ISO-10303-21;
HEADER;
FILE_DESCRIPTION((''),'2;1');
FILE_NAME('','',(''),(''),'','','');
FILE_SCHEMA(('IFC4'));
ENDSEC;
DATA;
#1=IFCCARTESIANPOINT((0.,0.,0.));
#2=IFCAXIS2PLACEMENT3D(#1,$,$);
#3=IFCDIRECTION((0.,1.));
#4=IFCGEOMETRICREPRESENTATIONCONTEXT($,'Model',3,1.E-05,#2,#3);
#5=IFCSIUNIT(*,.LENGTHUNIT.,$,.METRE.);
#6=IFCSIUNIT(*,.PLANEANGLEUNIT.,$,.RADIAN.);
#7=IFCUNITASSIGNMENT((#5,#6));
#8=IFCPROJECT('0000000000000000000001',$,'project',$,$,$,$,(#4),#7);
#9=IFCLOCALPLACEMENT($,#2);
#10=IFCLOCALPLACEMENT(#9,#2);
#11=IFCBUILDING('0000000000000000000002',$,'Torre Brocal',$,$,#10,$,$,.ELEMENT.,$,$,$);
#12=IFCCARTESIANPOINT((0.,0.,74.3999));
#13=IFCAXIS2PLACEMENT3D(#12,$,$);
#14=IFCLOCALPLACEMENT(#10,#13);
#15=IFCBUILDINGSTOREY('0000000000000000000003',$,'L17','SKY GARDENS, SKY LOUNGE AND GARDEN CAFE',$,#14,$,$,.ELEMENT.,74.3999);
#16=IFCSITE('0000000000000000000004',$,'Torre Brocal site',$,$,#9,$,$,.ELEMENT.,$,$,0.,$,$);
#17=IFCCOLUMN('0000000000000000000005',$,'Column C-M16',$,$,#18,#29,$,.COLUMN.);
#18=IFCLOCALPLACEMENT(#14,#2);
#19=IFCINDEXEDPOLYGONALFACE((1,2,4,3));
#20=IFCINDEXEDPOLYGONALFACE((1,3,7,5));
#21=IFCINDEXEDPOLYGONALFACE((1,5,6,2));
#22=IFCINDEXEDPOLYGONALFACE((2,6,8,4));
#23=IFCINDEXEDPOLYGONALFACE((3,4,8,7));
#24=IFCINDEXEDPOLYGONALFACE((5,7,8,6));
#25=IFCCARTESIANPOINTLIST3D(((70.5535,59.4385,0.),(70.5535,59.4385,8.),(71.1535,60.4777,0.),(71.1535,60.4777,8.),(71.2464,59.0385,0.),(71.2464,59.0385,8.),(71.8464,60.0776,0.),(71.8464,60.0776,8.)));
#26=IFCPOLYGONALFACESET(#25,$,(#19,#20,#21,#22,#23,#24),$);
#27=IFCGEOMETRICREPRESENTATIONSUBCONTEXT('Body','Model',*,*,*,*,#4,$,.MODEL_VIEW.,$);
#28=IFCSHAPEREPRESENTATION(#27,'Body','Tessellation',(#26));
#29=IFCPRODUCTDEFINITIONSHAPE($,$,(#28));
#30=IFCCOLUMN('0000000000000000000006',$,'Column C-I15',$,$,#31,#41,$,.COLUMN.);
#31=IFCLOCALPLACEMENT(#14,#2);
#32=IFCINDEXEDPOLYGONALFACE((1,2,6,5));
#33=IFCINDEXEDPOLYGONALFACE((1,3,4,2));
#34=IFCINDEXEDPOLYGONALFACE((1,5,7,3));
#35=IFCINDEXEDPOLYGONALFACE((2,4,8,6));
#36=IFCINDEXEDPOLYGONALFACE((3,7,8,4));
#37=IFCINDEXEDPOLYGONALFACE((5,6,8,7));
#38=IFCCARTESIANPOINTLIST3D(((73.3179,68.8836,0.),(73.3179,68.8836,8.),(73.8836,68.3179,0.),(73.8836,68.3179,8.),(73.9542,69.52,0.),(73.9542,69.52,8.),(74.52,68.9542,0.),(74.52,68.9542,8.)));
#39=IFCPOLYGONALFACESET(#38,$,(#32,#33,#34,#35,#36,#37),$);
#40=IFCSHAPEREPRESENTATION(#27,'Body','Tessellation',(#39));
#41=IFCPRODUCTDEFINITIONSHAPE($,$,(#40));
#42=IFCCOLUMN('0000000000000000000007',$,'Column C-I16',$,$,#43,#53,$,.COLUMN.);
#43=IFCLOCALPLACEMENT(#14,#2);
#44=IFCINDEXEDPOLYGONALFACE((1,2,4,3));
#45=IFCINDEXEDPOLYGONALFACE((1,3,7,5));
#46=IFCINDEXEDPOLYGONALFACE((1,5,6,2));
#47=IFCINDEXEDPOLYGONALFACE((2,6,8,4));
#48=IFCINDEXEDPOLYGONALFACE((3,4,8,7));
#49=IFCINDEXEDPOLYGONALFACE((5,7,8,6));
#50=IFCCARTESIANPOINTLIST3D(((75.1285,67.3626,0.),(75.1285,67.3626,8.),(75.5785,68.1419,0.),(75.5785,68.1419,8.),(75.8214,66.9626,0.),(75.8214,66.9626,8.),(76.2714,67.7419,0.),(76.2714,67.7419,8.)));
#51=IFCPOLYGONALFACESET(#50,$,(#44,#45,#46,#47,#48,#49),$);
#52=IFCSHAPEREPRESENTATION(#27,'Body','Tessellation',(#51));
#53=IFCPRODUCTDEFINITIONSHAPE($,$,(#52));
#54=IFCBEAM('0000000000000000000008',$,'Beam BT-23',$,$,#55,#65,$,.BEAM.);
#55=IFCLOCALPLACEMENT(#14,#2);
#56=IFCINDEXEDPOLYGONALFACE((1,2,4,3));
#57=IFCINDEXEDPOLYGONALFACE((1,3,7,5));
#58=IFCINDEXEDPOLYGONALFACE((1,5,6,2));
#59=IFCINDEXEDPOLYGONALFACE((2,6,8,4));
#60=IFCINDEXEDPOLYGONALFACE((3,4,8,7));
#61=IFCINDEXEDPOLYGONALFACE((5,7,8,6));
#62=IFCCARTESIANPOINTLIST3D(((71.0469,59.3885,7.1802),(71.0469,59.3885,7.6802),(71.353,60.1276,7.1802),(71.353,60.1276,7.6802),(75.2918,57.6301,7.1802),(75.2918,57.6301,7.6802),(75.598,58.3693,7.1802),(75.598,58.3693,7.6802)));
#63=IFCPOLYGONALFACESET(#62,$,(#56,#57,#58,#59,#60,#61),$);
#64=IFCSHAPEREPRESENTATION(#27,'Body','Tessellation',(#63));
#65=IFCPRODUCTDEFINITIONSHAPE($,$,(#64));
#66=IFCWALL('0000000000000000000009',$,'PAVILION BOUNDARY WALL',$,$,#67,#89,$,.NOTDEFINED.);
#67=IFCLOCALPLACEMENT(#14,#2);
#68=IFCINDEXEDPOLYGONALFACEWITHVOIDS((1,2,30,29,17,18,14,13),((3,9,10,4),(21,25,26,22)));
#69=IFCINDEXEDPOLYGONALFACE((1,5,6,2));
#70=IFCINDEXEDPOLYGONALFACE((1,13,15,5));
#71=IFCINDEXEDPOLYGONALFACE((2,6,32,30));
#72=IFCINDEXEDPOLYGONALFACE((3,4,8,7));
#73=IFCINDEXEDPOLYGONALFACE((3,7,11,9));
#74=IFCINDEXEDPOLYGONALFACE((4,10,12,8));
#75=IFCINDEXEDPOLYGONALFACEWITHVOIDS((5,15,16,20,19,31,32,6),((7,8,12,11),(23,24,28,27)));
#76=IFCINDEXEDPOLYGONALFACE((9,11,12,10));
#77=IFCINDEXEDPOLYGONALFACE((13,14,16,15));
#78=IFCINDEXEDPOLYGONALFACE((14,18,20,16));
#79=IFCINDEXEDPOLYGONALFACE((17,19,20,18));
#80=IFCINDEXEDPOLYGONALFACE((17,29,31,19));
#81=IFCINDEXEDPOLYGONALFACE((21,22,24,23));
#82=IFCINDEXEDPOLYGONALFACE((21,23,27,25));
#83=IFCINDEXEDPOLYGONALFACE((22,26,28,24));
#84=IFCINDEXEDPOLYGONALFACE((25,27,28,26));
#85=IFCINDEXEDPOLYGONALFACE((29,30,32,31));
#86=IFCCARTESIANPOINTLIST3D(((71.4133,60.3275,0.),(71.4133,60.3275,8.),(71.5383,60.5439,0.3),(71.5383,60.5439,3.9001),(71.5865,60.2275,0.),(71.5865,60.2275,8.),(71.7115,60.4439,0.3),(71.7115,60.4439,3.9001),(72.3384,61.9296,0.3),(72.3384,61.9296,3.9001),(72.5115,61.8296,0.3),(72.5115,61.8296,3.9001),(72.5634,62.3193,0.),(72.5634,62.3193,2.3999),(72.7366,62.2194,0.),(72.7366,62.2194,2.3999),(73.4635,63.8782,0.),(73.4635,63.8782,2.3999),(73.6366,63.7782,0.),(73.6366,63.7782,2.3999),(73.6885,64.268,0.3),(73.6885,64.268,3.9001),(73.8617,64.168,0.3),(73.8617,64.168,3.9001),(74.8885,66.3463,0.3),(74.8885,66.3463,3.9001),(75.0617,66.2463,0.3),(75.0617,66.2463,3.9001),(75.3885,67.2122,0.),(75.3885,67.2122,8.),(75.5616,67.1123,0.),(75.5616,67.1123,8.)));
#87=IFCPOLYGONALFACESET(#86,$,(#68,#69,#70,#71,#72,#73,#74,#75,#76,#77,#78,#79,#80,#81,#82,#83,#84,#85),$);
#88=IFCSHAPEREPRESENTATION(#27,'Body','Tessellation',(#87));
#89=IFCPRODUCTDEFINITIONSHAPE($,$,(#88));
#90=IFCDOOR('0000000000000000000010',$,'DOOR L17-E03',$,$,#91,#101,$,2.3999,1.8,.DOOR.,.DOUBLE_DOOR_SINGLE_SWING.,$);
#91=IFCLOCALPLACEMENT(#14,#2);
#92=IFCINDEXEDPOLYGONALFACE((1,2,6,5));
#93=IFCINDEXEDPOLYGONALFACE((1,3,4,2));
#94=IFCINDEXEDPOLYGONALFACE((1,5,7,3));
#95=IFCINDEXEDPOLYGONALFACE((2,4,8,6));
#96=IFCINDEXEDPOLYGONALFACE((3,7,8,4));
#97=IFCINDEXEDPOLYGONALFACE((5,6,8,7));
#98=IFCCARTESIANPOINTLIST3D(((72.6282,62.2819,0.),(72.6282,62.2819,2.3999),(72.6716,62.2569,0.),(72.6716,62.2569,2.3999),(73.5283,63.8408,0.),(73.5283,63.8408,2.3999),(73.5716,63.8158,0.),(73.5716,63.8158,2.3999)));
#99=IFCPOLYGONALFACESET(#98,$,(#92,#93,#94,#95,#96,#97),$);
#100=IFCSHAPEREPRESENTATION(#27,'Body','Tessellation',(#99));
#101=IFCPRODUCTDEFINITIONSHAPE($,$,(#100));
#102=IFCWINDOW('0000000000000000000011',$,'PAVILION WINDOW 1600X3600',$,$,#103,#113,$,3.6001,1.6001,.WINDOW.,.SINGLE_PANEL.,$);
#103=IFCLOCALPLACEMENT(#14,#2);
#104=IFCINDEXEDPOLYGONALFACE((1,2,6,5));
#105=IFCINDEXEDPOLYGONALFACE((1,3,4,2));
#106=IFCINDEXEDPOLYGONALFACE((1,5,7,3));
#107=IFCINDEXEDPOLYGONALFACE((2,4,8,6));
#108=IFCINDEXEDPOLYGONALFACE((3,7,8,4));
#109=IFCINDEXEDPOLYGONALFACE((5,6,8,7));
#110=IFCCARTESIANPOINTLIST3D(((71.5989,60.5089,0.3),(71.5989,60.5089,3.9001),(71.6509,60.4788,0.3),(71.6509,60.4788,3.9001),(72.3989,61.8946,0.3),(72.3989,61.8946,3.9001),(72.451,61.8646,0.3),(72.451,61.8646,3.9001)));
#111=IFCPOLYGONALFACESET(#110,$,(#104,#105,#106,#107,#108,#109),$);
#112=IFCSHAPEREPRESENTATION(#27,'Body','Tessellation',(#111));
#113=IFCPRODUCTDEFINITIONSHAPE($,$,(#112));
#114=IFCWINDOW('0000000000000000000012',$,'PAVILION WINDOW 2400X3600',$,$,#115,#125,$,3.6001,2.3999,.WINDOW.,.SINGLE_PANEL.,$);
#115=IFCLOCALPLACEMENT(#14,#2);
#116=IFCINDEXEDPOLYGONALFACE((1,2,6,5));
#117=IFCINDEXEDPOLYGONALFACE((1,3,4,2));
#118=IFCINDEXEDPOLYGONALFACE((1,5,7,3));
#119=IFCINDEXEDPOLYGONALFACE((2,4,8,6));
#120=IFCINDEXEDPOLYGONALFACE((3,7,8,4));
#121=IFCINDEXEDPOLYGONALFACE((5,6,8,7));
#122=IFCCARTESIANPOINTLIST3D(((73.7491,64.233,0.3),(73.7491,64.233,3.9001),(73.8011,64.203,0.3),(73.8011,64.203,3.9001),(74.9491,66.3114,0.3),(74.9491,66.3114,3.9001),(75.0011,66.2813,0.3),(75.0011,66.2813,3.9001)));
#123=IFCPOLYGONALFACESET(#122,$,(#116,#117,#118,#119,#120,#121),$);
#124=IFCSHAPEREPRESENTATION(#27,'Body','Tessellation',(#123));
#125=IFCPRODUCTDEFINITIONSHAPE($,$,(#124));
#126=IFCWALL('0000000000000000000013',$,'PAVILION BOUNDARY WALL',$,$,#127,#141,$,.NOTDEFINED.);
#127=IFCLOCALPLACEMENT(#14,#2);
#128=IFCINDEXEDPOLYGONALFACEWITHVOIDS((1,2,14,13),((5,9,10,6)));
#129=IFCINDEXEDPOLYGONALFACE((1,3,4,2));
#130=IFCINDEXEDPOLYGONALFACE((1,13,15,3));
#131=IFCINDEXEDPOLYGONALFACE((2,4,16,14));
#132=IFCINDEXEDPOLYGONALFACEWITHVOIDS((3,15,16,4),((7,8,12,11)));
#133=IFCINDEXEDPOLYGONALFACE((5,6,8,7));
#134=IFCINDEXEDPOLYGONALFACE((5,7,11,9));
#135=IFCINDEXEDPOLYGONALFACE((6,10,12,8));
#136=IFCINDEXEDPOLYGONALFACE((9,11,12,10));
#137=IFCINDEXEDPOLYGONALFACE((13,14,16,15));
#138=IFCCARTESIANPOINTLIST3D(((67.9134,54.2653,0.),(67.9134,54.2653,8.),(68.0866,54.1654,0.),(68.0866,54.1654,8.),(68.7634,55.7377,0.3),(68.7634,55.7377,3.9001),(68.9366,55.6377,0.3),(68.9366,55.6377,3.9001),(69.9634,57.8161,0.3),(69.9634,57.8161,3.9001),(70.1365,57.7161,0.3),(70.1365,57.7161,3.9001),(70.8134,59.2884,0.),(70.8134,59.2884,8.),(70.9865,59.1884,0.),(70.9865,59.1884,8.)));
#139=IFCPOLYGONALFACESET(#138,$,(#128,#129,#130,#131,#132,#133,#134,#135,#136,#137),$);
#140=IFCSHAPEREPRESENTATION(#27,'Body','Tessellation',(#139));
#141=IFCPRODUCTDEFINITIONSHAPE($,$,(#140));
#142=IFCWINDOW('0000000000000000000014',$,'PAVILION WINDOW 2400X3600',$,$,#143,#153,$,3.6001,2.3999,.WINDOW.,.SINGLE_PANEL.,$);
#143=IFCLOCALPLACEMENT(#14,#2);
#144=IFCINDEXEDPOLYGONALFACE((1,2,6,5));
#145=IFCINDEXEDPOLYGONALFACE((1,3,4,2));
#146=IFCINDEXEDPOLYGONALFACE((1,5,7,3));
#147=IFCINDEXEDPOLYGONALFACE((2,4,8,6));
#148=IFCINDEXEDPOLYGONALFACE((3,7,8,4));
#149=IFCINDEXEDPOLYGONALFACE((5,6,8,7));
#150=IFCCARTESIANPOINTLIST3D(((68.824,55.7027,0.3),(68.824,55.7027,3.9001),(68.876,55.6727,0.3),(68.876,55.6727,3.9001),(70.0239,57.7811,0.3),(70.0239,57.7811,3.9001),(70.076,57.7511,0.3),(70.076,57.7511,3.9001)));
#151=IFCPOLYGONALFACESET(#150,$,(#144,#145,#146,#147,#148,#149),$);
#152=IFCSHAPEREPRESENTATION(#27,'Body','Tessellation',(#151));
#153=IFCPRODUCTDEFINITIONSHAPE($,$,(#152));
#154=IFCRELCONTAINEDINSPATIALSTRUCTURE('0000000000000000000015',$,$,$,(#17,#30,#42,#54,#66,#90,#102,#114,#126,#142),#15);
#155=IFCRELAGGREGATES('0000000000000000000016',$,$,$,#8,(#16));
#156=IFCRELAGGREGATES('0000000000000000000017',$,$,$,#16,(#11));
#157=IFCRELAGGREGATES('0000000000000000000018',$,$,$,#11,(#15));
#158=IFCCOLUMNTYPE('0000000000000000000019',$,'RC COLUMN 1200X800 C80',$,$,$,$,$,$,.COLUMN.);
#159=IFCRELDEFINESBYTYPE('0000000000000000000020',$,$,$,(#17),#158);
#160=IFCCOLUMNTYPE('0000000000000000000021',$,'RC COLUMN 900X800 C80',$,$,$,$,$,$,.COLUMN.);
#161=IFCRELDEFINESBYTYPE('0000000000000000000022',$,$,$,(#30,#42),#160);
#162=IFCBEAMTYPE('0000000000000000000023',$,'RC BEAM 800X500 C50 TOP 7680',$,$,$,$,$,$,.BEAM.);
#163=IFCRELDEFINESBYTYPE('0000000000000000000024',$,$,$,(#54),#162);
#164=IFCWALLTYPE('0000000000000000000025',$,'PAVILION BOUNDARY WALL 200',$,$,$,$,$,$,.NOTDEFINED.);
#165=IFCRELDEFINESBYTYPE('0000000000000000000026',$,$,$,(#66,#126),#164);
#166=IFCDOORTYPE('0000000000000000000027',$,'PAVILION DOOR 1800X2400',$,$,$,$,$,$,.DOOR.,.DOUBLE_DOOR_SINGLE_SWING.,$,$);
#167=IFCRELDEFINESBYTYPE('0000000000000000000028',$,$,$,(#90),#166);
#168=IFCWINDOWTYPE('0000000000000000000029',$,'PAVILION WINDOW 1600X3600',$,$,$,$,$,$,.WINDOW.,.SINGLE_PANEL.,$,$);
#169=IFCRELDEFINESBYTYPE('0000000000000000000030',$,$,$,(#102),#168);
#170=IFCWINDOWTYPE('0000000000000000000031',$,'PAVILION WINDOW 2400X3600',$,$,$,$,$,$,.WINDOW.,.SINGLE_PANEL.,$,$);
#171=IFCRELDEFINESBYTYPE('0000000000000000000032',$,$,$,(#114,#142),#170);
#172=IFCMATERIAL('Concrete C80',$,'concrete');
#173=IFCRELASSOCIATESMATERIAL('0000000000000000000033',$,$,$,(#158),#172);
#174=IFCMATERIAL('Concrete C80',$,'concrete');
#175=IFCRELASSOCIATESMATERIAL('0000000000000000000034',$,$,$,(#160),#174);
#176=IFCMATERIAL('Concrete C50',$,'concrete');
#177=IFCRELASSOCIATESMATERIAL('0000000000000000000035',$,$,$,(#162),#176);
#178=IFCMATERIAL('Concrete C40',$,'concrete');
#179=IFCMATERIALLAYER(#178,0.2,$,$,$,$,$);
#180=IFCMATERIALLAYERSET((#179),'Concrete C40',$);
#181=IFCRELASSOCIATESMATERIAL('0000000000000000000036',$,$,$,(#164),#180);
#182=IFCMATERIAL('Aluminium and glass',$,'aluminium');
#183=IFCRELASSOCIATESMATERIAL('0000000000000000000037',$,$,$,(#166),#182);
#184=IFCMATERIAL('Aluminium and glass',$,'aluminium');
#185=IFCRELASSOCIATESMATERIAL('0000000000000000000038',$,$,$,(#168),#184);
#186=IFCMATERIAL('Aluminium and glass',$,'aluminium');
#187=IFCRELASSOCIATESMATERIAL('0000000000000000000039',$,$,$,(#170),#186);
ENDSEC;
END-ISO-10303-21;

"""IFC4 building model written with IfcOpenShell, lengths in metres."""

from ifc_helpers import new_model, si_unit, direction, frame, frame_2d, origin, origin_2d, place, context, subcontext, project, spatial, rectangle, extrude, material, layer, layer_set, material_profile, profile_set, type_object, element, fill, save


model = new_model("IFC4")

# Units and contexts
model_context = context("Model", 3, precision=1e-05, world=origin(), true_north=direction((0.0, 1.0)))
body_context = subcontext(model_context, "Body", "Model", "MODEL_VIEW")
ifc_project = project(units=[si_unit("LENGTHUNIT", "METRE"), si_unit("PLANEANGLEUNIT", "RADIAN")], contexts=[model_context])

# Site, building, storey
site_placement = place(None, origin())
site = spatial("IfcSite", under=ifc_project, at=site_placement, Name="Torre Brocal site", CompositionType="ELEMENT", RefElevation=0.0)
building_placement = place(site_placement, origin())
building = spatial("IfcBuilding", under=site, at=building_placement, Name="Torre Brocal", CompositionType="ELEMENT")
storey_placement = place(building_placement, frame((0.0, 0.0, 74.3999)))
storey = spatial("IfcBuildingStorey", under=building, at=storey_placement, Name="L17", Description="SKY GARDENS, SKY LOUNGE AND GARDEN CAFE", CompositionType="ELEMENT", Elevation=74.3999)

# Columns
ifc_material_1 = material(Name="Concrete C80", Category="concrete")
ifc_material_profile_1 = material_profile(ifc_material_1, rectangle(XDim=1.2, YDim=0.8, at=origin_2d()), Name="RC 1200X800")
ifc_profile_set_1 = profile_set([ifc_material_profile_1], Name="Concrete C80")
column_type_1 = type_object("IfcColumnType", Name="RC COLUMN 1200X800 C80", PredefinedType="COLUMN", material=ifc_profile_set_1)
column_placement = place(storey_placement, frame((71.2, 59.7581, 0.0), z_axis=(0.0, 0.0, 1.0), x_axis=(-0.5, -0.866025, 0.0)))
element("IfcColumn", 1, at=column_placement, inside=storey, type_object=column_type_1, Name="Column C-M16", PredefinedType="COLUMN", context=body_context, shape_type="SweptSolid", body=[
    extrude(rectangle(XDim=1.2, YDim=0.8, at=origin_2d()), origin(), (0.0, 0.0, 1.0), 8.0),
])
ifc_material_2 = material(Name="Concrete C80", Category="concrete")
ifc_material_profile_2 = material_profile(ifc_material_2, rectangle(XDim=0.8999, YDim=0.8, at=origin_2d()), Name="RC 900X800")
ifc_profile_set_2 = profile_set([ifc_material_profile_2], Name="Concrete C80")
column_type_2 = type_object("IfcColumnType", Name="RC COLUMN 900X800 C80", PredefinedType="COLUMN", material=ifc_profile_set_2)
for number, where, z_axis, x_axis, name in (
    (2, (73.9189, 68.9189, 0.0), (0.0, 0.0, 1.0), (-0.707107, -0.707107, 0.0), "Column C-I15"),
    (3, (75.7, 67.5522, 0.0), (0.0, 0.0, 1.0), (-0.5, -0.866025, 0.0), "Column C-I16"),
):
    element("IfcColumn", number, at=place(storey_placement, frame(where, z_axis=z_axis, x_axis=x_axis)), inside=storey, type_object=column_type_2, Name=name, PredefinedType="COLUMN", context=body_context, shape_type="SweptSolid", body=[
        extrude(rectangle(XDim=0.8999, YDim=0.8, at=origin_2d()), origin(), (0.0, 0.0, 1.0), 8.0),
    ])

# Beam
ifc_material_3 = material(Name="Concrete C50", Category="concrete")
ifc_material_profile_3 = material_profile(ifc_material_3, rectangle(XDim=0.8, YDim=0.5, at=origin_2d()), Name="RC 800X500")
ifc_profile_set_3 = profile_set([ifc_material_profile_3], Name="Concrete C50")
beam_type = type_object("IfcBeamType", Name="RC BEAM 800X500 C50 TOP 7680", PredefinedType="BEAM", material=ifc_profile_set_3)
beam_placement = place(storey_placement, frame((71.2, 59.7581, 7.4302), z_axis=(0.923878, -0.382687, 0.0), x_axis=(0.382687, 0.923878, 0.0)))
element("IfcBeam", 4, at=beam_placement, inside=storey, type_object=beam_type, Name="Beam BT-23", PredefinedType="BEAM", context=body_context, shape_type="SweptSolid", body=[
    extrude(rectangle(XDim=0.8, YDim=0.5, at=origin_2d()), origin(), (0.0, 0.0, 1.0), 4.5947),
])

# Wall, openings, door, windows
ifc_material_4 = material(Name="Concrete C40", Category="concrete")
ifc_layer_1 = layer(ifc_material_4, 0.2)
ifc_layer_set_1 = layer_set([ifc_layer_1], Name="Concrete C40")
wall_type_1 = type_object("IfcWallType", Name="PAVILION BOUNDARY WALL 200", PredefinedType="NOTDEFINED", material=ifc_layer_set_1)
wall_1_placement = place(storey_placement, frame((75.4751, 67.1624, 0.0), z_axis=(0.0, 0.0, 1.0), x_axis=(-0.500017, -0.866016, 0.0)))
wall_1 = element("IfcWall", 5, at=wall_1_placement, inside=storey, type_object=wall_type_1, Name="PAVILION BOUNDARY WALL", PredefinedType="NOTDEFINED", context=body_context, shape_type="SweptSolid", body=[
    extrude(rectangle(XDim=7.95, YDim=0.2, at=frame_2d((3.9751, 0.0))), origin(), (0.0, 0.0, 1.0), 8.0),
])
opening_1_placement = place(wall_1_placement, frame((1.0, 0.0, 0.3)))
opening_1 = element("IfcOpeningElement", 6, at=opening_1_placement, cuts=wall_1, PredefinedType="OPENING", context=body_context, shape_type="SweptSolid", body=[
    extrude(rectangle(XDim=2.3999, YDim=3.6001, at=frame_2d((1.2, 1.8))), frame((0.0, 0.1099, 0.0), z_axis=(0.0, -1.0, 0.0), x_axis=(1.0, 0.0, 0.0)), (0.0, 0.0, 1.0), 0.22),
])
opening_2_placement = place(wall_1_placement, frame((3.8501, 0.0, 0.0)))
opening_2 = element("IfcOpeningElement", 7, at=opening_2_placement, cuts=wall_1, PredefinedType="OPENING", context=body_context, shape_type="SweptSolid", body=[
    extrude(rectangle(XDim=1.8, YDim=2.3999, at=frame_2d((0.8999, 1.2))), frame((0.0, 0.1099, 0.0), z_axis=(0.0, -1.0, 0.0), x_axis=(1.0, 0.0, 0.0)), (0.0, 0.0, 1.0), 0.22),
])
opening_3_placement = place(wall_1_placement, frame((6.1001, 0.0, 0.3)))
opening_3 = element("IfcOpeningElement", 8, at=opening_3_placement, cuts=wall_1, PredefinedType="OPENING", context=body_context, shape_type="SweptSolid", body=[
    extrude(rectangle(XDim=1.6001, YDim=3.6001, at=frame_2d((0.8, 1.8))), frame((0.0, 0.1099, 0.0), z_axis=(0.0, -1.0, 0.0), x_axis=(1.0, 0.0, 0.0)), (0.0, 0.0, 1.0), 0.22),
])
ifc_material_5 = material(Name="Aluminium and glass", Category="aluminium")
door_type_1 = type_object("IfcDoorType", Name="PAVILION DOOR 1800X2400", OperationType="DOUBLE_DOOR_SINGLE_SWING", PredefinedType="DOOR", material=ifc_material_5)
door_1_placement = place(opening_2_placement, origin())
door_1 = element("IfcDoor", 9, at=door_1_placement, inside=storey, type_object=door_type_1, Name="DOOR L17-E03", OperationType="DOUBLE_DOOR_SINGLE_SWING", OverallHeight=2.3999, OverallWidth=1.8, PredefinedType="DOOR", context=body_context, shape_type="SweptSolid", body=[
    extrude(rectangle(XDim=1.8, YDim=2.3999, at=frame_2d((0.8999, 1.2))), frame((0.0, 0.0249, 0.0), z_axis=(0.0, -1.0, 0.0), x_axis=(1.0, 0.0, 0.0)), (0.0, 0.0, 1.0), 0.05),
])
fill(opening_2, door_1)
ifc_material_6 = material(Name="Aluminium and glass", Category="aluminium")
window_type_1 = type_object("IfcWindowType", Name="PAVILION WINDOW 1600X3600", PartitioningType="SINGLE_PANEL", PredefinedType="WINDOW", material=ifc_material_6)
window_1_placement = place(opening_3_placement, origin())
window_1 = element("IfcWindow", 10, at=window_1_placement, inside=storey, type_object=window_type_1, Name="PAVILION WINDOW 1600X3600", OverallHeight=3.6001, OverallWidth=1.6001, PartitioningType="SINGLE_PANEL", PredefinedType="WINDOW", context=body_context, shape_type="SweptSolid", body=[
    extrude(rectangle(XDim=1.6001, YDim=3.6001, at=frame_2d((0.8, 1.8))), frame((0.0, 0.03, 0.0), z_axis=(0.0, -1.0, 0.0), x_axis=(1.0, 0.0, 0.0)), (0.0, 0.0, 1.0), 0.0601),
])
fill(opening_3, window_1)
ifc_material_7 = material(Name="Aluminium and glass", Category="aluminium")
window_type_2 = type_object("IfcWindowType", Name="PAVILION WINDOW 2400X3600", PartitioningType="SINGLE_PANEL", PredefinedType="WINDOW", material=ifc_material_7)
window_2_placement = place(opening_1_placement, origin())
window_2 = element("IfcWindow", 11, at=window_2_placement, inside=storey, type_object=window_type_2, Name="PAVILION WINDOW 2400X3600", OverallHeight=3.6001, OverallWidth=2.3999, PartitioningType="SINGLE_PANEL", PredefinedType="WINDOW", context=body_context, shape_type="SweptSolid", body=[
    extrude(rectangle(XDim=2.3999, YDim=3.6001, at=frame_2d((1.2, 1.8))), frame((0.0, 0.03, 0.0), z_axis=(0.0, -1.0, 0.0), x_axis=(1.0, 0.0, 0.0)), (0.0, 0.0, 1.0), 0.0601),
])
fill(opening_1, window_2)

# Wall, opening, window
wall_2_placement = place(storey_placement, frame((70.8999, 59.2383, 0.0), z_axis=(0.0, 0.0, 1.0), x_axis=(-0.499987, -0.866033, 0.0)))
wall_2 = element("IfcWall", 12, at=wall_2_placement, inside=storey, type_object=wall_type_1, Name="PAVILION BOUNDARY WALL", PredefinedType="NOTDEFINED", context=body_context, shape_type="SweptSolid", body=[
    extrude(rectangle(XDim=5.8, YDim=0.2, at=frame_2d((2.8999, 0.0))), origin(), (0.0, 0.0, 1.0), 8.0),
])
opening_4_placement = place(wall_2_placement, frame((1.7, 0.0, 0.3)))
opening_4 = element("IfcOpeningElement", 13, at=opening_4_placement, cuts=wall_2, PredefinedType="OPENING", context=body_context, shape_type="SweptSolid", body=[
    extrude(rectangle(XDim=2.3999, YDim=3.6001, at=frame_2d((1.2, 1.8))), frame((0.0, 0.1099, 0.0), z_axis=(0.0, -1.0, 0.0), x_axis=(1.0, 0.0, 0.0)), (0.0, 0.0, 1.0), 0.22),
])
window_3_placement = place(opening_4_placement, origin())
window_3 = element("IfcWindow", 14, at=window_3_placement, inside=storey, type_object=window_type_2, Name="PAVILION WINDOW 2400X3600", OverallHeight=3.6001, OverallWidth=2.3999, PartitioningType="SINGLE_PANEL", PredefinedType="WINDOW", context=body_context, shape_type="SweptSolid", body=[
    extrude(rectangle(XDim=2.3999, YDim=3.6001, at=frame_2d((1.2, 1.8))), frame((0.0, 0.03, 0.0), z_axis=(0.0, -1.0, 0.0), x_axis=(1.0, 0.0, 0.0)), (0.0, 0.0, 1.0), 0.0601),
])
fill(opening_4, window_3)

save(model, "model.ifc")
